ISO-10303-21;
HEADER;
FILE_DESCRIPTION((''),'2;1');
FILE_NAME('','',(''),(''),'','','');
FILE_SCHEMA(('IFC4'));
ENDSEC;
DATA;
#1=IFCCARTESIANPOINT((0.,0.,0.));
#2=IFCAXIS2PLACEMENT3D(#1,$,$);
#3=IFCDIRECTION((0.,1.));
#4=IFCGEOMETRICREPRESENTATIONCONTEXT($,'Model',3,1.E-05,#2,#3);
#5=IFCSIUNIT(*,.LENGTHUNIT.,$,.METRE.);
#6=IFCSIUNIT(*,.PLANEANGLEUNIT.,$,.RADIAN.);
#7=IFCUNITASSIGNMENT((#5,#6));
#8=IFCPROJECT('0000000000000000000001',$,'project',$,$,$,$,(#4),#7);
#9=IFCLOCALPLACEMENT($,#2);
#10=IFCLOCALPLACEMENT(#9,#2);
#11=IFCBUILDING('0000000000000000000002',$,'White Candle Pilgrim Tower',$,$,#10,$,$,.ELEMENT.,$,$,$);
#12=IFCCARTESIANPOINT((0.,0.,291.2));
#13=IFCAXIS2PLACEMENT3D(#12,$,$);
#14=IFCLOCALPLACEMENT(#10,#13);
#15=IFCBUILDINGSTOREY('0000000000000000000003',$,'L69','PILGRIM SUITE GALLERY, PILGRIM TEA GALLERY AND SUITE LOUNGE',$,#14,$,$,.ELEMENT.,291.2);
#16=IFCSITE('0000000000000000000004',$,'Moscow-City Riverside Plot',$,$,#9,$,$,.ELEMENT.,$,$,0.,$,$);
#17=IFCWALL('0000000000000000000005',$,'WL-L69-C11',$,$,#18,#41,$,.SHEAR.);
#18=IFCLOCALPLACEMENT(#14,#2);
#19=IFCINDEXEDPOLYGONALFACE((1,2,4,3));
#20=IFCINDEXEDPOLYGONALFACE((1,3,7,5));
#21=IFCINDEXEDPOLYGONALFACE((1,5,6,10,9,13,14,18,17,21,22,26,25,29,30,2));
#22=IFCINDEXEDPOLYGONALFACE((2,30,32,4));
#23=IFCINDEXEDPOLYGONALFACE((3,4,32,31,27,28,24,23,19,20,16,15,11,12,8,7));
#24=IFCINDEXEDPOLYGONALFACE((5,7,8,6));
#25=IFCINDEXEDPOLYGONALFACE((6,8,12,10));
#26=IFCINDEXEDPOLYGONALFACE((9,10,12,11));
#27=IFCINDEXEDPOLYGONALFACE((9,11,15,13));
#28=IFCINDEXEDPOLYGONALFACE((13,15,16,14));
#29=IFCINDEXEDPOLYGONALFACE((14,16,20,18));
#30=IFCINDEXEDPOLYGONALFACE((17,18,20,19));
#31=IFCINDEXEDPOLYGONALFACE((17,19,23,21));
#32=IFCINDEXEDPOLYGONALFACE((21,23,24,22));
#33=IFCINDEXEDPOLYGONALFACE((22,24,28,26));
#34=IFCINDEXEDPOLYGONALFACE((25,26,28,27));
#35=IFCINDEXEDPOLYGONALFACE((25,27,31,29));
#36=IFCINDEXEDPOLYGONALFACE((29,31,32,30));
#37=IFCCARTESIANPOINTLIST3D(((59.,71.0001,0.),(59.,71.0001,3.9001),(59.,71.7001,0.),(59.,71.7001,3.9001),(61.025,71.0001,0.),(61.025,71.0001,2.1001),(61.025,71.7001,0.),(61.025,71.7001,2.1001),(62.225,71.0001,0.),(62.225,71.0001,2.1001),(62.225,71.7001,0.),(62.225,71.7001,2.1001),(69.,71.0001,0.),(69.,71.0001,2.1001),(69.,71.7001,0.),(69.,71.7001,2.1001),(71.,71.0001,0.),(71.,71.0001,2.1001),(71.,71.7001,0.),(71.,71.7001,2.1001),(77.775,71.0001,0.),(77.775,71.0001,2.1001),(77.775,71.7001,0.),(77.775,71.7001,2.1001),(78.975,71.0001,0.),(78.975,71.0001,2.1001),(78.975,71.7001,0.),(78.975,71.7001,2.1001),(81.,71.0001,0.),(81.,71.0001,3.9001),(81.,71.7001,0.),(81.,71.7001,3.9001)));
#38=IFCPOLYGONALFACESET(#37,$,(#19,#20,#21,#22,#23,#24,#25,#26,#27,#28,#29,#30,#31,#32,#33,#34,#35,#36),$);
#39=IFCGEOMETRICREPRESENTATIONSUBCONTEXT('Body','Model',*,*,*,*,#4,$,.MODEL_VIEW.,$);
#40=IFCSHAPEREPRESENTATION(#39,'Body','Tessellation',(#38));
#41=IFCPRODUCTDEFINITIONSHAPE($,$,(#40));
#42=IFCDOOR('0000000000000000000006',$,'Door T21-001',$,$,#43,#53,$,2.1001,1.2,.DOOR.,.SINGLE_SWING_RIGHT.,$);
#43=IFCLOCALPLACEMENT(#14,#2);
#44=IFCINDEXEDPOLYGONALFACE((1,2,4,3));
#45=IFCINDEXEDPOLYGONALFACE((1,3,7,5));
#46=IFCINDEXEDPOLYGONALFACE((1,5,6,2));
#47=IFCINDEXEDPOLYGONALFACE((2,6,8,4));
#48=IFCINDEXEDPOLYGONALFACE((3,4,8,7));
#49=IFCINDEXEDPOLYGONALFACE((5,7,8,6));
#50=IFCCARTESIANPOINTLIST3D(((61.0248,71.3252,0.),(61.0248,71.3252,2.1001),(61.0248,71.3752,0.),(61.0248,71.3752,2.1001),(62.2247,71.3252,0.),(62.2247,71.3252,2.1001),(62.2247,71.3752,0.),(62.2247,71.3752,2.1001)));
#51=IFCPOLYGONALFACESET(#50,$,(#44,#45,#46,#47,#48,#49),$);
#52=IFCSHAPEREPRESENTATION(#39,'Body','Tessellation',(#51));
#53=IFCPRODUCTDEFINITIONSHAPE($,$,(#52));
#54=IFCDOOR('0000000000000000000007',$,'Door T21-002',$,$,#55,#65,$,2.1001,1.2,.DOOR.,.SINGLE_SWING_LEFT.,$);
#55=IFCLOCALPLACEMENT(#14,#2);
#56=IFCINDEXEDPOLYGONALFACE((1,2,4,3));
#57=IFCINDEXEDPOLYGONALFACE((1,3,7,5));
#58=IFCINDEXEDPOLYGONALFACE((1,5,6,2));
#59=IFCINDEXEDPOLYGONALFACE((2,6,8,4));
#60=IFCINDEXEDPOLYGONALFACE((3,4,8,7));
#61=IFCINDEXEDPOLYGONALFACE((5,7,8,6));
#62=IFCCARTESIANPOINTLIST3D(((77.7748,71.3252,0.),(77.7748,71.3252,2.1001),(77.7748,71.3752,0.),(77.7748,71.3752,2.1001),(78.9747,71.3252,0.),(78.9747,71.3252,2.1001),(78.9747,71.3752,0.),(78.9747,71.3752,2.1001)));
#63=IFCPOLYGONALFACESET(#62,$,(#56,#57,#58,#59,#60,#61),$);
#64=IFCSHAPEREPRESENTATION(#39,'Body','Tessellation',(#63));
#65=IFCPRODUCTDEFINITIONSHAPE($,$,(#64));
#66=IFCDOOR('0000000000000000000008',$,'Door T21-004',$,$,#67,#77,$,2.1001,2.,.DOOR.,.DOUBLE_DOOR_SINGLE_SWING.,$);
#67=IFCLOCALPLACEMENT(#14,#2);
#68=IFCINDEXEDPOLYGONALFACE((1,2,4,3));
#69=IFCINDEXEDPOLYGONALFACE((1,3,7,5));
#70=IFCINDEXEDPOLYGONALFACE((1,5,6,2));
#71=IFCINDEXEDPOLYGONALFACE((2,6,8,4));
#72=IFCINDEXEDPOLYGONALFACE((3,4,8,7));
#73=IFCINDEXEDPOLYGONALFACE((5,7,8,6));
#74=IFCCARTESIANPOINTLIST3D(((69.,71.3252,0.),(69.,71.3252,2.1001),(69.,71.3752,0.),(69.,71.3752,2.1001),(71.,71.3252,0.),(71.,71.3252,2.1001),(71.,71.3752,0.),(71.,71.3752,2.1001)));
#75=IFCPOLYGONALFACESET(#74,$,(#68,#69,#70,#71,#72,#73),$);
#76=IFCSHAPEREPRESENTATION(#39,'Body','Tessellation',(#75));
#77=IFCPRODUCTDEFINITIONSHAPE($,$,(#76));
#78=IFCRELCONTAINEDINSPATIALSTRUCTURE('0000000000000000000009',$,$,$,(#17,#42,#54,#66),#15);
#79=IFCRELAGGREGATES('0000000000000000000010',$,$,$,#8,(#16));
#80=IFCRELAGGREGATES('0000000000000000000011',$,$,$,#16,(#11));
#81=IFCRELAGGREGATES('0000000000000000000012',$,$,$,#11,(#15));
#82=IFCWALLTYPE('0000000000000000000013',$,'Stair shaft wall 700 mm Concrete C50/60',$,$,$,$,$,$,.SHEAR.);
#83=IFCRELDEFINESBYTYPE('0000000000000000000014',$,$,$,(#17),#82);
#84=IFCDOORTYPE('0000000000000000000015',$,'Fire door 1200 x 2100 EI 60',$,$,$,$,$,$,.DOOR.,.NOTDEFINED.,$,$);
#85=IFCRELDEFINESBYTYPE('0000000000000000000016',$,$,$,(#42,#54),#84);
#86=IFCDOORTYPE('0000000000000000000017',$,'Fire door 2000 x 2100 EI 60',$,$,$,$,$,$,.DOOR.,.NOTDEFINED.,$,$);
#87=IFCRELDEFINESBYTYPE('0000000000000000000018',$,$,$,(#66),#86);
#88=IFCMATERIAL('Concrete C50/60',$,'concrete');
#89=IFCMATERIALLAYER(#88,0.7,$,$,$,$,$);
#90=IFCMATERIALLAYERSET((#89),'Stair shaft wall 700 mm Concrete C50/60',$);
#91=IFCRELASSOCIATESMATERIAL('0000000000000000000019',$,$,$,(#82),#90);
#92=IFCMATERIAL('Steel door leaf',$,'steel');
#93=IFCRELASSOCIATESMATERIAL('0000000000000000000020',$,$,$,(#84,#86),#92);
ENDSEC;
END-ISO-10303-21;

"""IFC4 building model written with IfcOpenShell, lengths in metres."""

from ifc_helpers import new_model, si_unit, direction, frame, frame_2d, origin, place, context, subcontext, project, spatial, rectangle, extrude, material, layer, layer_set, type_object, element, fill, save


model = new_model("IFC4")

# Units and contexts
model_context = context("Model", 3, precision=1e-05, world=origin(), true_north=direction((0.0, 1.0)))
body_context = subcontext(model_context, "Body", "Model", "MODEL_VIEW")
ifc_project = project(units=[si_unit("LENGTHUNIT", "METRE"), si_unit("PLANEANGLEUNIT", "RADIAN")], contexts=[model_context])

# Site, building, storey
site_placement = place(None, origin())
site = spatial("IfcSite", under=ifc_project, at=site_placement, Name="Moscow-City Riverside Plot", CompositionType="ELEMENT", RefElevation=0.0)
building_placement = place(site_placement, origin())
building = spatial("IfcBuilding", under=site, at=building_placement, Name="White Candle Pilgrim Tower", CompositionType="ELEMENT")
storey_placement = place(building_placement, frame((0.0, 0.0, 291.2)))
storey = spatial("IfcBuildingStorey", under=building, at=storey_placement, Name="L69", Description="PILGRIM SUITE GALLERY, PILGRIM TEA GALLERY AND SUITE LOUNGE", CompositionType="ELEMENT", Elevation=291.2)

# Shared definitions
ifc_material_1 = material(Name="Concrete C50/60", Category="concrete")

# Shared definitions
ifc_material_2 = material(Name="Steel door leaf", Category="steel")

# Wall, openings, doors
ifc_layer_1 = layer(ifc_material_1, 0.7)
ifc_layer_set_1 = layer_set([ifc_layer_1], Name="Stair shaft wall 700 mm Concrete C50/60")
wall_type_1 = type_object("IfcWallType", Name="Stair shaft wall 700 mm Concrete C50/60", PredefinedType="SHEAR", material=ifc_layer_set_1)
wall_1_placement = place(storey_placement, frame((59.0, 71.3501, 0.0), z_axis=(0.0, 0.0, 1.0), x_axis=(1.0, 0.0, 0.0)))
wall_1 = element("IfcWall", 1, at=wall_1_placement, inside=storey, type_object=wall_type_1, Name="WL-L69-C11", PredefinedType="SHEAR", context=body_context, shape_type="SweptSolid", body=[
    extrude(rectangle(XDim=22.0, YDim=0.7, at=frame_2d((11.0, 0.0))), origin(), (0.0, 0.0, 1.0), 3.9001),
])
opening_1_placement = place(wall_1_placement, frame((2.0249, 0.0, 0.0)))
opening_1 = element("IfcOpeningElement", 2, at=opening_1_placement, cuts=wall_1, PredefinedType="OPENING", context=body_context, shape_type="SweptSolid", body=[
    extrude(rectangle(XDim=1.2, YDim=2.1001, at=frame_2d((0.6001, 1.05))), frame((0.0, 0.3599, 0.0), z_axis=(0.0, -1.0, 0.0), x_axis=(1.0, 0.0, 0.0)), (0.0, 0.0, 1.0), 0.72),
])
opening_2_placement = place(wall_1_placement, frame((18.7749, 0.0, 0.0)))
opening_2 = element("IfcOpeningElement", 3, at=opening_2_placement, cuts=wall_1, PredefinedType="OPENING", context=body_context, shape_type="SweptSolid", body=[
    extrude(rectangle(XDim=1.2, YDim=2.1001, at=frame_2d((0.6001, 1.05))), frame((0.0, 0.3599, 0.0), z_axis=(0.0, -1.0, 0.0), x_axis=(1.0, 0.0, 0.0)), (0.0, 0.0, 1.0), 0.72),
])
opening_3_placement = place(wall_1_placement, frame((10.0, 0.0, 0.0)))
opening_3 = element("IfcOpeningElement", 4, at=opening_3_placement, cuts=wall_1, PredefinedType="OPENING", context=body_context, shape_type="SweptSolid", body=[
    extrude(rectangle(XDim=2.0, YDim=2.1001, at=frame_2d((1.0, 1.05))), frame((0.0, 0.3599, 0.0), z_axis=(0.0, -1.0, 0.0), x_axis=(1.0, 0.0, 0.0)), (0.0, 0.0, 1.0), 0.72),
])
door_type_1 = type_object("IfcDoorType", Name="Fire door 1200 x 2100 EI 60", OperationType="NOTDEFINED", PredefinedType="DOOR", material=ifc_material_2)
door_1_placement = place(opening_1_placement, frame((1.2, 0.0, 0.0), z_axis=(0.0, 0.0, 1.0), x_axis=(-1.0, 0.0, 0.0)))
door_1 = element("IfcDoor", 5, at=door_1_placement, inside=storey, type_object=door_type_1, Name="Door T21-001", OperationType="SINGLE_SWING_RIGHT", OverallHeight=2.1001, OverallWidth=1.2, PredefinedType="DOOR", context=body_context, shape_type="SweptSolid", body=[
    extrude(rectangle(XDim=1.2, YDim=2.1001, at=frame_2d((0.6001, 1.05))), frame((0.0, 0.0249, 0.0), z_axis=(0.0, -1.0, 0.0), x_axis=(1.0, 0.0, 0.0)), (0.0, 0.0, 1.0), 0.05),
])
fill(opening_1, door_1)
door_2_placement = place(opening_2_placement, frame((1.2, 0.0, 0.0), z_axis=(0.0, 0.0, 1.0), x_axis=(-1.0, 0.0, 0.0)))
door_2 = element("IfcDoor", 6, at=door_2_placement, inside=storey, type_object=door_type_1, Name="Door T21-002", OperationType="SINGLE_SWING_LEFT", OverallHeight=2.1001, OverallWidth=1.2, PredefinedType="DOOR", context=body_context, shape_type="SweptSolid", body=[
    extrude(rectangle(XDim=1.2, YDim=2.1001, at=frame_2d((0.6001, 1.05))), frame((0.0, 0.0249, 0.0), z_axis=(0.0, -1.0, 0.0), x_axis=(1.0, 0.0, 0.0)), (0.0, 0.0, 1.0), 0.05),
])
fill(opening_2, door_2)
door_type_2 = type_object("IfcDoorType", Name="Fire door 2000 x 2100 EI 60", OperationType="NOTDEFINED", PredefinedType="DOOR", material=ifc_material_2)
door_3_placement = place(opening_3_placement, frame((2.0, 0.0, 0.0), z_axis=(0.0, 0.0, 1.0), x_axis=(-1.0, 0.0, 0.0)))
door_3 = element("IfcDoor", 7, at=door_3_placement, inside=storey, type_object=door_type_2, Name="Door T21-004", OperationType="DOUBLE_DOOR_SINGLE_SWING", OverallHeight=2.1001, OverallWidth=2.0, PredefinedType="DOOR", context=body_context, shape_type="SweptSolid", body=[
    extrude(rectangle(XDim=2.0, YDim=2.1001, at=frame_2d((1.0, 1.05))), frame((0.0, 0.0249, 0.0), z_axis=(0.0, -1.0, 0.0), x_axis=(1.0, 0.0, 0.0)), (0.0, 0.0, 1.0), 0.05),
])
fill(opening_3, door_3)

save(model, "model.ifc")
